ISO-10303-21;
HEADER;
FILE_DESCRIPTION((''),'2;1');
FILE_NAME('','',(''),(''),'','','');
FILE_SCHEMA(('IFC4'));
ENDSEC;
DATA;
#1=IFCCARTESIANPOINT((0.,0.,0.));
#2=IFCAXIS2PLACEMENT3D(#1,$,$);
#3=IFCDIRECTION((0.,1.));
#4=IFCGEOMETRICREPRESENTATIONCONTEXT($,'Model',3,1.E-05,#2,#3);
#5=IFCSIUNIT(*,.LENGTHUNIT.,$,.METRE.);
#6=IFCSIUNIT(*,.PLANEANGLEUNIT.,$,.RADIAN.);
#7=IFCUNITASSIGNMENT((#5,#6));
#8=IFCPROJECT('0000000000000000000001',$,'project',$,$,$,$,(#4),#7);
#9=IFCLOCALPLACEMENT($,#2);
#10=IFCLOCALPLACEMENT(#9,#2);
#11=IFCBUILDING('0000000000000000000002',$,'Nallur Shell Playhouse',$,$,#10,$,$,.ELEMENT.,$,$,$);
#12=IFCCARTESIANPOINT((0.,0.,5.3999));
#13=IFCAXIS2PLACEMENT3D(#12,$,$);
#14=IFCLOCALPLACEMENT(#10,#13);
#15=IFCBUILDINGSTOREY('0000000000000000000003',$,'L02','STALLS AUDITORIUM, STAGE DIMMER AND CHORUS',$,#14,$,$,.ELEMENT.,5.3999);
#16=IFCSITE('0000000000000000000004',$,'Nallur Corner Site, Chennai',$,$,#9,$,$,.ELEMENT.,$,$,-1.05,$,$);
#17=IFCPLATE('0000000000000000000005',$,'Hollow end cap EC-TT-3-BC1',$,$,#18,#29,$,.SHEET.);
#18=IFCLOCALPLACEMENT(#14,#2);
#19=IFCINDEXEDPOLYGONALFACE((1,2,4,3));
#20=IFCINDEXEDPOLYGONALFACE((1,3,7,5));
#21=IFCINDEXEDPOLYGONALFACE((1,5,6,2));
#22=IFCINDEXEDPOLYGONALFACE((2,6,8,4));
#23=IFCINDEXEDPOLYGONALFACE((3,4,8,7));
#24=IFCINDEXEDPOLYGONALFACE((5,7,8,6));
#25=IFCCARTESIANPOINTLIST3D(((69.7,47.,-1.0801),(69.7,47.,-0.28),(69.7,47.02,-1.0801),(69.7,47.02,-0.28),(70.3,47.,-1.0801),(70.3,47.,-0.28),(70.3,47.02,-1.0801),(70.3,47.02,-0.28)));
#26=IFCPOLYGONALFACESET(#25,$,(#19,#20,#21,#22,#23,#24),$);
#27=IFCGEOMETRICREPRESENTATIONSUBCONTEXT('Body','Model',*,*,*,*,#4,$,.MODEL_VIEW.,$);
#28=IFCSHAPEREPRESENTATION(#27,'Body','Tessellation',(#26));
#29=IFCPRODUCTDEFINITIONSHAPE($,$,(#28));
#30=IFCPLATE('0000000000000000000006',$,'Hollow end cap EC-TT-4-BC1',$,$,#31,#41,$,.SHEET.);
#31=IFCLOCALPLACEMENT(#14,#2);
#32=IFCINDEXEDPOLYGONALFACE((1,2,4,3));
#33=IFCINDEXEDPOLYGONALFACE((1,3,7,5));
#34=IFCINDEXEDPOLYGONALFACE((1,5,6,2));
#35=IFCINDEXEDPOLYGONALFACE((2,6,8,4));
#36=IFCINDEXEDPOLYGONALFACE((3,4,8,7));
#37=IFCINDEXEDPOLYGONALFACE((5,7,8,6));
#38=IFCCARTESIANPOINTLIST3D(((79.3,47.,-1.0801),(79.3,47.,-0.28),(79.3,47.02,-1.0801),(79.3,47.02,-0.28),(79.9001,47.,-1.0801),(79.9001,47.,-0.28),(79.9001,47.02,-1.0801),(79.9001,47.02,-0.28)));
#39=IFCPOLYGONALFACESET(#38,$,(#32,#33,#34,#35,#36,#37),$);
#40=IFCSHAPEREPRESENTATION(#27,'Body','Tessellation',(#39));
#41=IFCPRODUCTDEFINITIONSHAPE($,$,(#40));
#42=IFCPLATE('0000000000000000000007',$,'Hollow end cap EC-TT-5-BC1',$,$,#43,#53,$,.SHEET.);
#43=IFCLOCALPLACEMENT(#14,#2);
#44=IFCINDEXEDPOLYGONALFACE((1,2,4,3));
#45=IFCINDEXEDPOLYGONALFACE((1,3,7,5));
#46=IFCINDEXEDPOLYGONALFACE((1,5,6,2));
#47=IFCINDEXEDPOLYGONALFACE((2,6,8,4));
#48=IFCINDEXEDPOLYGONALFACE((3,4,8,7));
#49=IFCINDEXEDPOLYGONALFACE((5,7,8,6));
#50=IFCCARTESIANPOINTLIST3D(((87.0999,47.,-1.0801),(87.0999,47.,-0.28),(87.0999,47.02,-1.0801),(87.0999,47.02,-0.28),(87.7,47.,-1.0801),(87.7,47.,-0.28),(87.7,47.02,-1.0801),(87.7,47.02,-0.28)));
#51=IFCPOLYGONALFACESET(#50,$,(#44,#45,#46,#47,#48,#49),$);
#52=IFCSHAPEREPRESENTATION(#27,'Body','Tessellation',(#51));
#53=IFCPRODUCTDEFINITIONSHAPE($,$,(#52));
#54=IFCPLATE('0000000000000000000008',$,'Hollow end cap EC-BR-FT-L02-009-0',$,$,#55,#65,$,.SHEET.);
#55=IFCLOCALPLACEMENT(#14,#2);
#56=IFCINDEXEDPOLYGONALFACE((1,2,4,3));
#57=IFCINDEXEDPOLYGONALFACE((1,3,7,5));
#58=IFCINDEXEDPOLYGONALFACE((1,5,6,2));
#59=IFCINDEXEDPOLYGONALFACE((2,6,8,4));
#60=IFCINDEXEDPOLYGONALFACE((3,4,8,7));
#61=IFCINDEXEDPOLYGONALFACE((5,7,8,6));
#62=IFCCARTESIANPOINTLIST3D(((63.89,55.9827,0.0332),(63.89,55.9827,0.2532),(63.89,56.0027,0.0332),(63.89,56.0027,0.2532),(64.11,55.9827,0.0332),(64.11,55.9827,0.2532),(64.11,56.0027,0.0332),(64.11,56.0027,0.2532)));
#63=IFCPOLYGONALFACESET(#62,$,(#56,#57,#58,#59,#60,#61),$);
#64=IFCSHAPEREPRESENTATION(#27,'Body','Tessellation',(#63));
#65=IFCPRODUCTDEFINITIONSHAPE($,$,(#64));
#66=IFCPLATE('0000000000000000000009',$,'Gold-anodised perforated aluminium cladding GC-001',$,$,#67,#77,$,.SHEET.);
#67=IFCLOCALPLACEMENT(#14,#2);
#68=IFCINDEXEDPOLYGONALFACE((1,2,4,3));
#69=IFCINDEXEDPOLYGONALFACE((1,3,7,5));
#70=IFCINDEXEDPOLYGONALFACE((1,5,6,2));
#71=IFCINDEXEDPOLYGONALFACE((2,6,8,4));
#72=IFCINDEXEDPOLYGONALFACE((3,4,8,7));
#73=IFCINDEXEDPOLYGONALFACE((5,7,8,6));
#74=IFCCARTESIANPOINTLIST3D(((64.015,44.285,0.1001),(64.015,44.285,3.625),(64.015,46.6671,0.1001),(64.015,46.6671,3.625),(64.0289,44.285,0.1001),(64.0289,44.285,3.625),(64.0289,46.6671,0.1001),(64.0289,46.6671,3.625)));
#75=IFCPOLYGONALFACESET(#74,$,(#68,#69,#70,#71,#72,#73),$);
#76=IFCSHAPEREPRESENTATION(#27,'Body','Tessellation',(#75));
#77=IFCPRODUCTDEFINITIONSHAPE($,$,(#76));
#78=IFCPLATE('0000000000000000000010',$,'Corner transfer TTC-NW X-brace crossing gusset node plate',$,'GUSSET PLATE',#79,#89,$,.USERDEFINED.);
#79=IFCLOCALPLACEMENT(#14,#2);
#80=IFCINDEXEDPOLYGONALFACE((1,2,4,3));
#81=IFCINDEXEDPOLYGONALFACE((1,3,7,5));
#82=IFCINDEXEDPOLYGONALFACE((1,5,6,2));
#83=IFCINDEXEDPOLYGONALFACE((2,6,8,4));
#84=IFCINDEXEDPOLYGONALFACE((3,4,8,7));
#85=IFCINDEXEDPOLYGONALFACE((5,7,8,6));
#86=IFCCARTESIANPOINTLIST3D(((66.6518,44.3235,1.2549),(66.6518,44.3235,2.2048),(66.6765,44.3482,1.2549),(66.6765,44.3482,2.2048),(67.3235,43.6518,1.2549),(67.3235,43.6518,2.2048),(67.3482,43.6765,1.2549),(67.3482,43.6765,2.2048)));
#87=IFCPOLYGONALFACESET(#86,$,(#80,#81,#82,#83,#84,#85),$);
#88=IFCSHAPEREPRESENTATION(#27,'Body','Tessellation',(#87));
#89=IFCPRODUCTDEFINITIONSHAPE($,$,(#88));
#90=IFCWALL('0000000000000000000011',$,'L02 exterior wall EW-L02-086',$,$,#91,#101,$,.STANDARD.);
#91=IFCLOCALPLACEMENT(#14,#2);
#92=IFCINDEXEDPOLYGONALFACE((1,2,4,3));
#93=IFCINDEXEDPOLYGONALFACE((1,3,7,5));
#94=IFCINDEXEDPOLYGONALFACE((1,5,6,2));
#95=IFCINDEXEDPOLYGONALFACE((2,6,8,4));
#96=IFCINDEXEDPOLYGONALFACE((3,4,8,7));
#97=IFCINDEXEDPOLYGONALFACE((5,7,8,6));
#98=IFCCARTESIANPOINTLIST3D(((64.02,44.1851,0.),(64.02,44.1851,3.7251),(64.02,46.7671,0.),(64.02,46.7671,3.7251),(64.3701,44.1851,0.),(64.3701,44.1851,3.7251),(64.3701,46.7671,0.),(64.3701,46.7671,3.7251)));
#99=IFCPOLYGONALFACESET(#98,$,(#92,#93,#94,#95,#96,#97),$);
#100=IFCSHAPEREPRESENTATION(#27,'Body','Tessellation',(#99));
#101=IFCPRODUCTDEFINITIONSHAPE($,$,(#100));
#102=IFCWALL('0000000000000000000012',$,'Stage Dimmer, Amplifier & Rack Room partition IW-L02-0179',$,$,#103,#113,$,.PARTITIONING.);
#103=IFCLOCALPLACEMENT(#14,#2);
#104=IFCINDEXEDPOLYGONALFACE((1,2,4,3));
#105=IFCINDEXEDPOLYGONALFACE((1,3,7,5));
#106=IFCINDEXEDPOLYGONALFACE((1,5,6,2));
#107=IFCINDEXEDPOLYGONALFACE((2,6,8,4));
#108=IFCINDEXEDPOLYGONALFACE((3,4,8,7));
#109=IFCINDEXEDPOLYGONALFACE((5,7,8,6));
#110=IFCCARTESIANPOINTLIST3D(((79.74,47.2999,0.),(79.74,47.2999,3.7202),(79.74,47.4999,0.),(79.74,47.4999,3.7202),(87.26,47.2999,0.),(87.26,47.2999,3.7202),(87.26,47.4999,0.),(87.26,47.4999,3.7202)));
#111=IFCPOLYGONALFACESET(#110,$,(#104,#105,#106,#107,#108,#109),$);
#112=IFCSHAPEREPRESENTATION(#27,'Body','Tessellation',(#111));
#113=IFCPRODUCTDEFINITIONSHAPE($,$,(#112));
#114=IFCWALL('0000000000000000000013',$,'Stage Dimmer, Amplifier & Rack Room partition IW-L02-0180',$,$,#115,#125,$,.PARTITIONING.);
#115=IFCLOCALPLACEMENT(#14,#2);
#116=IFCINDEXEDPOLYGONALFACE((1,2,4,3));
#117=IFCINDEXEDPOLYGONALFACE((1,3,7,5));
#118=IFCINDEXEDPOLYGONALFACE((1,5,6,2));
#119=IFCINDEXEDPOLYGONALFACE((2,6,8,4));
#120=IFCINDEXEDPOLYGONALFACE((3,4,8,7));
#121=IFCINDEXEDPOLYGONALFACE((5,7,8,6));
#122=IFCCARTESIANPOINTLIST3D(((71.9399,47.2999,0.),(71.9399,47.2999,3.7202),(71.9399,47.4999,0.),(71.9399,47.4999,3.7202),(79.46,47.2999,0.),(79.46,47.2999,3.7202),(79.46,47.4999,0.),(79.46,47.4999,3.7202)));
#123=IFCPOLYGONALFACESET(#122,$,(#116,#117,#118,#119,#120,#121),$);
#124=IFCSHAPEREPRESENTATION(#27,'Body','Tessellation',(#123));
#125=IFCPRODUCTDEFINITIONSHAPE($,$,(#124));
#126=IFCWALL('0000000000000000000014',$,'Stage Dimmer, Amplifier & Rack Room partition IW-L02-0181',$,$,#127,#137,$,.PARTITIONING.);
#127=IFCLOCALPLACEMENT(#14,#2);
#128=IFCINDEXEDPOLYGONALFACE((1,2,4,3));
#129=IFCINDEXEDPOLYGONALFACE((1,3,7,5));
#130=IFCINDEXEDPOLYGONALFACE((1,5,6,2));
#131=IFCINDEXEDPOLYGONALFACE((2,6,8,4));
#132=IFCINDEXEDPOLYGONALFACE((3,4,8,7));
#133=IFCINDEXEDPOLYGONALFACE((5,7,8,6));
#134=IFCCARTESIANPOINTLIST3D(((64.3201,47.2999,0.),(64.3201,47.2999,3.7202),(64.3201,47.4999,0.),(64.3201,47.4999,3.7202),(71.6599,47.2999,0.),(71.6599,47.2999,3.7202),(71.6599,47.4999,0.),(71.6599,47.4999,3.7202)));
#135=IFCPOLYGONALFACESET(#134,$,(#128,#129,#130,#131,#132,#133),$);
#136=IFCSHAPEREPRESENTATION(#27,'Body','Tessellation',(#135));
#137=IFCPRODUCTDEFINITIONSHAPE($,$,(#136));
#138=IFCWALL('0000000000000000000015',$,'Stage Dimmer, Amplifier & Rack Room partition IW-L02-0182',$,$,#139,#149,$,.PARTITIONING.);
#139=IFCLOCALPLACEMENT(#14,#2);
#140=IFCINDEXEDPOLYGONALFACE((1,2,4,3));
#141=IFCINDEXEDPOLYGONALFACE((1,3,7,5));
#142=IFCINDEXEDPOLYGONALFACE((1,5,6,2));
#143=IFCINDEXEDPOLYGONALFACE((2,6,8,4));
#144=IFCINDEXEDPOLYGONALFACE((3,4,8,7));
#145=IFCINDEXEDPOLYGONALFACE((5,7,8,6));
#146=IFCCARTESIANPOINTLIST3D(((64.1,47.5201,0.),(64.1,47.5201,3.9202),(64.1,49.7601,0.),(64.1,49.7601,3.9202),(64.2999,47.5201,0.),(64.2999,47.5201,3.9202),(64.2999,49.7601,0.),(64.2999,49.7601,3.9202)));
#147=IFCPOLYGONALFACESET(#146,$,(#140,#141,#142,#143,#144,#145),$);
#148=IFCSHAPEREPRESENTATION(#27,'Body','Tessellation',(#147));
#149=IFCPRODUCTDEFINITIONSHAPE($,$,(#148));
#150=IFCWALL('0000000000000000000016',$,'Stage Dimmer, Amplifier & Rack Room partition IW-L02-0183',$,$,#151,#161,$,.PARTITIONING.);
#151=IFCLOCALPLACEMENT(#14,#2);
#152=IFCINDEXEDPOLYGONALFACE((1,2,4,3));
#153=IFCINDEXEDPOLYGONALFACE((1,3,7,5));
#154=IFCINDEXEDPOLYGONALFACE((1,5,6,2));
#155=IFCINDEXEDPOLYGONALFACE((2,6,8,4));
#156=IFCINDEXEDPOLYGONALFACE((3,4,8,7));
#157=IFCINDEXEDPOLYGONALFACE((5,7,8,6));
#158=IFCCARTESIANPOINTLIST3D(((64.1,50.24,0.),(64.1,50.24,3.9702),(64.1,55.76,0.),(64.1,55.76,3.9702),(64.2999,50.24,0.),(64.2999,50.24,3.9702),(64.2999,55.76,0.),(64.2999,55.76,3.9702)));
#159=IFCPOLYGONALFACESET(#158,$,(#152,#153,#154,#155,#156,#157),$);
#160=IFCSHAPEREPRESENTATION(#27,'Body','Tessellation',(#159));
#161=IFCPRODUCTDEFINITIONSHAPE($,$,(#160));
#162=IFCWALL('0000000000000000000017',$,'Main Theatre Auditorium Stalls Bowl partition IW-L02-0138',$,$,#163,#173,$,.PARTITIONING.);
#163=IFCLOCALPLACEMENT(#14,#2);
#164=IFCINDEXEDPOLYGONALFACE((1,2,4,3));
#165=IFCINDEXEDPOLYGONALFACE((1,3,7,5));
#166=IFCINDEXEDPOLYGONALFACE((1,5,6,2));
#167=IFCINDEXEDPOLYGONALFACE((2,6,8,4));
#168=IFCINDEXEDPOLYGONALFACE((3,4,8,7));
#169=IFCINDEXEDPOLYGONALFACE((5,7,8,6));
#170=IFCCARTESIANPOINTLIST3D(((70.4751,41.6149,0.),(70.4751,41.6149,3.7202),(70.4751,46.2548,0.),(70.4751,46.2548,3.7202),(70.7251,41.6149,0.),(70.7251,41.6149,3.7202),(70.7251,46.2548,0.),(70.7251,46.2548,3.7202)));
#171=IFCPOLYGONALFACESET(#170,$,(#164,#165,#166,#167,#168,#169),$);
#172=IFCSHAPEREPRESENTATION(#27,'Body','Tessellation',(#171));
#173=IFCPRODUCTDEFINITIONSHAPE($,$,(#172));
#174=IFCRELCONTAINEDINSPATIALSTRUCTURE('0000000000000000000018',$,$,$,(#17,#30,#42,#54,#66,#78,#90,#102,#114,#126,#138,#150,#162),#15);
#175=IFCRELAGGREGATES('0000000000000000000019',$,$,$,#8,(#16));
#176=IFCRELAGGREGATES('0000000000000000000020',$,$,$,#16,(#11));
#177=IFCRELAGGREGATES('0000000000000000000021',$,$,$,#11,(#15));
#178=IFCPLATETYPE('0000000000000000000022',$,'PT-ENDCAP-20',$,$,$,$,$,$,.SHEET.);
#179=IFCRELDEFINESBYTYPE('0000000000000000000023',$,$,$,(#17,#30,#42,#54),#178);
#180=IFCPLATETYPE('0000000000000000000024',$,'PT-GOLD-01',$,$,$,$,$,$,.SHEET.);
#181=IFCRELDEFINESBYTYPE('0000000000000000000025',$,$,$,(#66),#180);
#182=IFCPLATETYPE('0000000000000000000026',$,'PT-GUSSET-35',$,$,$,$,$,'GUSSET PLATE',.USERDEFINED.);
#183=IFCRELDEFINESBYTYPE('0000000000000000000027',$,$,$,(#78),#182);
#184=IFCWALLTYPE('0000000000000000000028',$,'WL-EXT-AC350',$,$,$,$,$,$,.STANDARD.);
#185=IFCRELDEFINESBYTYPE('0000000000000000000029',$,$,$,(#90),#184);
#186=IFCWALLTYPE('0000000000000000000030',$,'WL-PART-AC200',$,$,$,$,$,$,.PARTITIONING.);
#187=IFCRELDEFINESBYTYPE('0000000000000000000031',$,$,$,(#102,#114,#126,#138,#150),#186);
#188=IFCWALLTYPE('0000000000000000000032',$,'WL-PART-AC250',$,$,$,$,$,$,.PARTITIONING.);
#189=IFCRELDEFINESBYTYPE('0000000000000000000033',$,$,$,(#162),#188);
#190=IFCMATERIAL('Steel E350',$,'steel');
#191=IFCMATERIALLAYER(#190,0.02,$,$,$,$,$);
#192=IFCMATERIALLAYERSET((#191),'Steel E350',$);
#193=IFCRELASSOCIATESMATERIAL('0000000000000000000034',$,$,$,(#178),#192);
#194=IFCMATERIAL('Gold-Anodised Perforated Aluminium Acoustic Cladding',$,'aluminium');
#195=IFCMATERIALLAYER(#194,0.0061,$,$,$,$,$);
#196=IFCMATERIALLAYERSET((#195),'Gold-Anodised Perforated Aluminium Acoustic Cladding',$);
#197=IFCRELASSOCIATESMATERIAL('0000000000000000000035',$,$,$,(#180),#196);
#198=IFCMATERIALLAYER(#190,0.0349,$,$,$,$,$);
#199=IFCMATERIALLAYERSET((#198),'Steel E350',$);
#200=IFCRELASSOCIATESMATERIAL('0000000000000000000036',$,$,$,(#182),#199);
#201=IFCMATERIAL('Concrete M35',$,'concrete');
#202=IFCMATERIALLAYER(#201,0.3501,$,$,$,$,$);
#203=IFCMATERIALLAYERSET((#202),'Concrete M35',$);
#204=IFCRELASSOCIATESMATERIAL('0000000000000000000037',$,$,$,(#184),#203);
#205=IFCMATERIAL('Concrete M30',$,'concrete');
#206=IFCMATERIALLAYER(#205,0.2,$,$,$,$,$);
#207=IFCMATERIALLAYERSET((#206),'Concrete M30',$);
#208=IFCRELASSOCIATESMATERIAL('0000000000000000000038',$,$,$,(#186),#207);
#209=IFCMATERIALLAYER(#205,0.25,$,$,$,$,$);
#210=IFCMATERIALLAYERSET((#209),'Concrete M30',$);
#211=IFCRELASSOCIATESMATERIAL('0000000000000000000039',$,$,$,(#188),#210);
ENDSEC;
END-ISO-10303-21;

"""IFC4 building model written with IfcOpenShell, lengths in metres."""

from ifc_helpers import new_model, si_unit, direction, frame, frame_2d, origin, origin_2d, place, context, subcontext, project, spatial, rectangle, extrude, material, layer, layer_set, type_object, element, save


model = new_model("IFC4")

# Units and contexts
model_context = context("Model", 3, precision=1e-05, world=origin(), true_north=direction((0.0, 1.0)))
body_context = subcontext(model_context, "Body", "Model", "MODEL_VIEW")
ifc_project = project(units=[si_unit("LENGTHUNIT", "METRE"), si_unit("PLANEANGLEUNIT", "RADIAN")], contexts=[model_context])

# Site, building, storey
site_placement = place(None, origin())
site = spatial("IfcSite", under=ifc_project, at=site_placement, Name="Nallur Corner Site, Chennai", CompositionType="ELEMENT", RefElevation=-1.05)
building_placement = place(site_placement, origin())
building = spatial("IfcBuilding", under=site, at=building_placement, Name="Nallur Shell Playhouse", CompositionType="ELEMENT")
storey_placement = place(building_placement, frame((0.0, 0.0, 5.3999)))
storey = spatial("IfcBuildingStorey", under=building, at=storey_placement, Name="L02", Description="STALLS AUDITORIUM, STAGE DIMMER AND CHORUS", CompositionType="ELEMENT", Elevation=5.3999)

# Shared definitions
ifc_material_1 = material(Name="Steel E350", Category="steel")

# Shared definitions
ifc_material_2 = material(Name="Concrete M30", Category="concrete")

# Plates
ifc_layer_1 = layer(ifc_material_1, 0.02)
ifc_layer_set_1 = layer_set([ifc_layer_1], Name="Steel E350")
plate_type_1 = type_object("IfcPlateType", Name="PT-ENDCAP-20", PredefinedType="SHEET", material=ifc_layer_set_1)
for number, where, z_axis, x_axis, name in (
    (1, (70.0, 47.01, -1.0801), (0.0, 0.0, 1.0), (1.0, 0.0, 0.0), "Hollow end cap EC-TT-3-BC1"),
    (2, (79.6001, 47.01, -1.0801), (0.0, 0.0, 1.0), (1.0, 0.0, 0.0), "Hollow end cap EC-TT-4-BC1"),
    (3, (87.3999, 47.01, -1.0801), (0.0, 0.0, 1.0), (1.0, 0.0, 0.0), "Hollow end cap EC-TT-5-BC1"),
):
    element("IfcPlate", number, at=place(storey_placement, frame(where, z_axis=z_axis, x_axis=x_axis)), inside=storey, type_object=plate_type_1, Name=name, PredefinedType="SHEET", context=body_context, shape_type="SweptSolid", body=[
        extrude(rectangle(XDim=0.6001, YDim=0.02, at=origin_2d()), origin(), (0.0, 0.0, 1.0), 0.8),
    ])
plate_1_placement = place(storey_placement, frame((64.0, 55.9927, 0.0332), z_axis=(0.0, 0.0, 1.0), x_axis=(1.0, 0.0, 0.0)))
element("IfcPlate", 4, at=plate_1_placement, inside=storey, type_object=plate_type_1, Name="Hollow end cap EC-BR-FT-L02-009-0", PredefinedType="SHEET", context=body_context, shape_type="SweptSolid", body=[
    extrude(rectangle(XDim=0.22, YDim=0.02, at=origin_2d()), origin(), (0.0, 0.0, 1.0), 0.22),
])
ifc_material_3 = material(Name="Gold-Anodised Perforated Aluminium Acoustic Cladding", Category="aluminium")
ifc_layer_2 = layer(ifc_material_3, 0.0061)
ifc_layer_set_2 = layer_set([ifc_layer_2], Name="Gold-Anodised Perforated Aluminium Acoustic Cladding")
plate_type_2 = type_object("IfcPlateType", Name="PT-GOLD-01", PredefinedType="SHEET", material=ifc_layer_set_2)
plate_2_placement = place(storey_placement, frame((64.022, 45.4761, 0.1001), z_axis=(0.0, 0.0, 1.0), x_axis=(0.0, 1.0, 0.0)))
element("IfcPlate", 5, at=plate_2_placement, inside=storey, type_object=plate_type_2, Name="Gold-anodised perforated aluminium cladding GC-001", PredefinedType="SHEET", context=body_context, shape_type="SweptSolid", body=[
    extrude(rectangle(XDim=2.3821, YDim=0.0139, at=origin_2d()), origin(), (0.0, 0.0, 1.0), 3.5249),
])
ifc_layer_3 = layer(ifc_material_1, 0.0349)
ifc_layer_set_3 = layer_set([ifc_layer_3], Name="Steel E350")
plate_type_3 = type_object("IfcPlateType", Name="PT-GUSSET-35", ElementType="GUSSET PLATE", PredefinedType="USERDEFINED", material=ifc_layer_set_3)
plate_3_placement = place(storey_placement, frame((67.0, 44.0, 1.2549), z_axis=(0.0, 0.0, 1.0), x_axis=(-0.707107, 0.707107, 0.0)))
element("IfcPlate", 6, at=plate_3_placement, inside=storey, type_object=plate_type_3, Name="Corner transfer TTC-NW X-brace crossing gusset node plate", ObjectType="GUSSET PLATE", PredefinedType="USERDEFINED", context=body_context, shape_type="SweptSolid", body=[
    extrude(rectangle(XDim=0.95, YDim=0.0349, at=origin_2d()), origin(), (0.0, 0.0, 1.0), 0.95),
])

# Walls
ifc_material_4 = material(Name="Concrete M35", Category="concrete")
ifc_layer_4 = layer(ifc_material_4, 0.3501)
ifc_layer_set_4 = layer_set([ifc_layer_4], Name="Concrete M35")
wall_type_1 = type_object("IfcWallType", Name="WL-EXT-AC350", PredefinedType="STANDARD", material=ifc_layer_set_4)
wall_1_placement = place(storey_placement, frame((64.1951, 44.1851, 0.0), z_axis=(0.0, 0.0, 1.0), x_axis=(0.0, 1.0, 0.0)))
element("IfcWall", 7, at=wall_1_placement, inside=storey, type_object=wall_type_1, Name="L02 exterior wall EW-L02-086", PredefinedType="STANDARD", context=body_context, shape_type="SweptSolid", body=[
    extrude(rectangle(XDim=2.582, YDim=0.3501, at=frame_2d((1.291, 0.0))), origin(), (0.0, 0.0, 1.0), 3.7251),
])
ifc_layer_5 = layer(ifc_material_2, 0.2)
ifc_layer_set_5 = layer_set([ifc_layer_5], Name="Concrete M30")
wall_type_2 = type_object("IfcWallType", Name="WL-PART-AC200", PredefinedType="PARTITIONING", material=ifc_layer_set_5)
for number, where, z_axis, x_axis, name in (
    (8, (87.26, 47.3999, 0.0), (0.0, 0.0, 1.0), (-1.0, 0.0, 0.0), "Stage Dimmer, Amplifier & Rack Room partition IW-L02-0179"),
    (9, (79.46, 47.3999, 0.0), (0.0, 0.0, 1.0), (-1.0, 0.0, 0.0), "Stage Dimmer, Amplifier & Rack Room partition IW-L02-0180"),
):
    element("IfcWall", number, at=place(storey_placement, frame(where, z_axis=z_axis, x_axis=x_axis)), inside=storey, type_object=wall_type_2, Name=name, PredefinedType="PARTITIONING", context=body_context, shape_type="SweptSolid", body=[
        extrude(rectangle(XDim=7.52, YDim=0.2, at=frame_2d((3.76, 0.0))), origin(), (0.0, 0.0, 1.0), 3.7202),
    ])
wall_2_placement = place(storey_placement, frame((71.6599, 47.3999, 0.0), z_axis=(0.0, 0.0, 1.0), x_axis=(-1.0, 0.0, 0.0)))
element("IfcWall", 10, at=wall_2_placement, inside=storey, type_object=wall_type_2, Name="Stage Dimmer, Amplifier & Rack Room partition IW-L02-0181", PredefinedType="PARTITIONING", context=body_context, shape_type="SweptSolid", body=[
    extrude(rectangle(XDim=7.3398, YDim=0.2, at=frame_2d((3.6699, 0.0))), origin(), (0.0, 0.0, 1.0), 3.7202),
])
wall_3_placement = place(storey_placement, frame((64.2, 47.52, 0.0), z_axis=(0.0, 0.0, 1.0), x_axis=(0.0, 1.0, 0.0)))
element("IfcWall", 11, at=wall_3_placement, inside=storey, type_object=wall_type_2, Name="Stage Dimmer, Amplifier & Rack Room partition IW-L02-0182", PredefinedType="PARTITIONING", context=body_context, shape_type="SweptSolid", body=[
    extrude(rectangle(XDim=2.24, YDim=0.2, at=frame_2d((1.1201, 0.0))), origin(), (0.0, 0.0, 1.0), 3.9202),
])
wall_4_placement = place(storey_placement, frame((64.2, 50.24, 0.0), z_axis=(0.0, 0.0, 1.0), x_axis=(0.0, 1.0, 0.0)))
element("IfcWall", 12, at=wall_4_placement, inside=storey, type_object=wall_type_2, Name="Stage Dimmer, Amplifier & Rack Room partition IW-L02-0183", PredefinedType="PARTITIONING", context=body_context, shape_type="SweptSolid", body=[
    extrude(rectangle(XDim=5.52, YDim=0.2, at=frame_2d((2.76, 0.0))), origin(), (0.0, 0.0, 1.0), 3.9702),
])
ifc_layer_6 = layer(ifc_material_2, 0.25)
ifc_layer_set_6 = layer_set([ifc_layer_6], Name="Concrete M30")
wall_type_3 = type_object("IfcWallType", Name="WL-PART-AC250", PredefinedType="PARTITIONING", material=ifc_layer_set_6)
wall_5_placement = place(storey_placement, frame((70.6001, 41.615, 0.0), z_axis=(0.0, 0.0, 1.0), x_axis=(0.0, 1.0, 0.0)))
element("IfcWall", 13, at=wall_5_placement, inside=storey, type_object=wall_type_3, Name="Main Theatre Auditorium Stalls Bowl partition IW-L02-0138", PredefinedType="PARTITIONING", context=body_context, shape_type="SweptSolid", body=[
    extrude(rectangle(XDim=4.6399, YDim=0.25, at=frame_2d((2.3198, 0.0))), origin(), (0.0, 0.0, 1.0), 3.7202),
])

save(model, "model.ifc")
